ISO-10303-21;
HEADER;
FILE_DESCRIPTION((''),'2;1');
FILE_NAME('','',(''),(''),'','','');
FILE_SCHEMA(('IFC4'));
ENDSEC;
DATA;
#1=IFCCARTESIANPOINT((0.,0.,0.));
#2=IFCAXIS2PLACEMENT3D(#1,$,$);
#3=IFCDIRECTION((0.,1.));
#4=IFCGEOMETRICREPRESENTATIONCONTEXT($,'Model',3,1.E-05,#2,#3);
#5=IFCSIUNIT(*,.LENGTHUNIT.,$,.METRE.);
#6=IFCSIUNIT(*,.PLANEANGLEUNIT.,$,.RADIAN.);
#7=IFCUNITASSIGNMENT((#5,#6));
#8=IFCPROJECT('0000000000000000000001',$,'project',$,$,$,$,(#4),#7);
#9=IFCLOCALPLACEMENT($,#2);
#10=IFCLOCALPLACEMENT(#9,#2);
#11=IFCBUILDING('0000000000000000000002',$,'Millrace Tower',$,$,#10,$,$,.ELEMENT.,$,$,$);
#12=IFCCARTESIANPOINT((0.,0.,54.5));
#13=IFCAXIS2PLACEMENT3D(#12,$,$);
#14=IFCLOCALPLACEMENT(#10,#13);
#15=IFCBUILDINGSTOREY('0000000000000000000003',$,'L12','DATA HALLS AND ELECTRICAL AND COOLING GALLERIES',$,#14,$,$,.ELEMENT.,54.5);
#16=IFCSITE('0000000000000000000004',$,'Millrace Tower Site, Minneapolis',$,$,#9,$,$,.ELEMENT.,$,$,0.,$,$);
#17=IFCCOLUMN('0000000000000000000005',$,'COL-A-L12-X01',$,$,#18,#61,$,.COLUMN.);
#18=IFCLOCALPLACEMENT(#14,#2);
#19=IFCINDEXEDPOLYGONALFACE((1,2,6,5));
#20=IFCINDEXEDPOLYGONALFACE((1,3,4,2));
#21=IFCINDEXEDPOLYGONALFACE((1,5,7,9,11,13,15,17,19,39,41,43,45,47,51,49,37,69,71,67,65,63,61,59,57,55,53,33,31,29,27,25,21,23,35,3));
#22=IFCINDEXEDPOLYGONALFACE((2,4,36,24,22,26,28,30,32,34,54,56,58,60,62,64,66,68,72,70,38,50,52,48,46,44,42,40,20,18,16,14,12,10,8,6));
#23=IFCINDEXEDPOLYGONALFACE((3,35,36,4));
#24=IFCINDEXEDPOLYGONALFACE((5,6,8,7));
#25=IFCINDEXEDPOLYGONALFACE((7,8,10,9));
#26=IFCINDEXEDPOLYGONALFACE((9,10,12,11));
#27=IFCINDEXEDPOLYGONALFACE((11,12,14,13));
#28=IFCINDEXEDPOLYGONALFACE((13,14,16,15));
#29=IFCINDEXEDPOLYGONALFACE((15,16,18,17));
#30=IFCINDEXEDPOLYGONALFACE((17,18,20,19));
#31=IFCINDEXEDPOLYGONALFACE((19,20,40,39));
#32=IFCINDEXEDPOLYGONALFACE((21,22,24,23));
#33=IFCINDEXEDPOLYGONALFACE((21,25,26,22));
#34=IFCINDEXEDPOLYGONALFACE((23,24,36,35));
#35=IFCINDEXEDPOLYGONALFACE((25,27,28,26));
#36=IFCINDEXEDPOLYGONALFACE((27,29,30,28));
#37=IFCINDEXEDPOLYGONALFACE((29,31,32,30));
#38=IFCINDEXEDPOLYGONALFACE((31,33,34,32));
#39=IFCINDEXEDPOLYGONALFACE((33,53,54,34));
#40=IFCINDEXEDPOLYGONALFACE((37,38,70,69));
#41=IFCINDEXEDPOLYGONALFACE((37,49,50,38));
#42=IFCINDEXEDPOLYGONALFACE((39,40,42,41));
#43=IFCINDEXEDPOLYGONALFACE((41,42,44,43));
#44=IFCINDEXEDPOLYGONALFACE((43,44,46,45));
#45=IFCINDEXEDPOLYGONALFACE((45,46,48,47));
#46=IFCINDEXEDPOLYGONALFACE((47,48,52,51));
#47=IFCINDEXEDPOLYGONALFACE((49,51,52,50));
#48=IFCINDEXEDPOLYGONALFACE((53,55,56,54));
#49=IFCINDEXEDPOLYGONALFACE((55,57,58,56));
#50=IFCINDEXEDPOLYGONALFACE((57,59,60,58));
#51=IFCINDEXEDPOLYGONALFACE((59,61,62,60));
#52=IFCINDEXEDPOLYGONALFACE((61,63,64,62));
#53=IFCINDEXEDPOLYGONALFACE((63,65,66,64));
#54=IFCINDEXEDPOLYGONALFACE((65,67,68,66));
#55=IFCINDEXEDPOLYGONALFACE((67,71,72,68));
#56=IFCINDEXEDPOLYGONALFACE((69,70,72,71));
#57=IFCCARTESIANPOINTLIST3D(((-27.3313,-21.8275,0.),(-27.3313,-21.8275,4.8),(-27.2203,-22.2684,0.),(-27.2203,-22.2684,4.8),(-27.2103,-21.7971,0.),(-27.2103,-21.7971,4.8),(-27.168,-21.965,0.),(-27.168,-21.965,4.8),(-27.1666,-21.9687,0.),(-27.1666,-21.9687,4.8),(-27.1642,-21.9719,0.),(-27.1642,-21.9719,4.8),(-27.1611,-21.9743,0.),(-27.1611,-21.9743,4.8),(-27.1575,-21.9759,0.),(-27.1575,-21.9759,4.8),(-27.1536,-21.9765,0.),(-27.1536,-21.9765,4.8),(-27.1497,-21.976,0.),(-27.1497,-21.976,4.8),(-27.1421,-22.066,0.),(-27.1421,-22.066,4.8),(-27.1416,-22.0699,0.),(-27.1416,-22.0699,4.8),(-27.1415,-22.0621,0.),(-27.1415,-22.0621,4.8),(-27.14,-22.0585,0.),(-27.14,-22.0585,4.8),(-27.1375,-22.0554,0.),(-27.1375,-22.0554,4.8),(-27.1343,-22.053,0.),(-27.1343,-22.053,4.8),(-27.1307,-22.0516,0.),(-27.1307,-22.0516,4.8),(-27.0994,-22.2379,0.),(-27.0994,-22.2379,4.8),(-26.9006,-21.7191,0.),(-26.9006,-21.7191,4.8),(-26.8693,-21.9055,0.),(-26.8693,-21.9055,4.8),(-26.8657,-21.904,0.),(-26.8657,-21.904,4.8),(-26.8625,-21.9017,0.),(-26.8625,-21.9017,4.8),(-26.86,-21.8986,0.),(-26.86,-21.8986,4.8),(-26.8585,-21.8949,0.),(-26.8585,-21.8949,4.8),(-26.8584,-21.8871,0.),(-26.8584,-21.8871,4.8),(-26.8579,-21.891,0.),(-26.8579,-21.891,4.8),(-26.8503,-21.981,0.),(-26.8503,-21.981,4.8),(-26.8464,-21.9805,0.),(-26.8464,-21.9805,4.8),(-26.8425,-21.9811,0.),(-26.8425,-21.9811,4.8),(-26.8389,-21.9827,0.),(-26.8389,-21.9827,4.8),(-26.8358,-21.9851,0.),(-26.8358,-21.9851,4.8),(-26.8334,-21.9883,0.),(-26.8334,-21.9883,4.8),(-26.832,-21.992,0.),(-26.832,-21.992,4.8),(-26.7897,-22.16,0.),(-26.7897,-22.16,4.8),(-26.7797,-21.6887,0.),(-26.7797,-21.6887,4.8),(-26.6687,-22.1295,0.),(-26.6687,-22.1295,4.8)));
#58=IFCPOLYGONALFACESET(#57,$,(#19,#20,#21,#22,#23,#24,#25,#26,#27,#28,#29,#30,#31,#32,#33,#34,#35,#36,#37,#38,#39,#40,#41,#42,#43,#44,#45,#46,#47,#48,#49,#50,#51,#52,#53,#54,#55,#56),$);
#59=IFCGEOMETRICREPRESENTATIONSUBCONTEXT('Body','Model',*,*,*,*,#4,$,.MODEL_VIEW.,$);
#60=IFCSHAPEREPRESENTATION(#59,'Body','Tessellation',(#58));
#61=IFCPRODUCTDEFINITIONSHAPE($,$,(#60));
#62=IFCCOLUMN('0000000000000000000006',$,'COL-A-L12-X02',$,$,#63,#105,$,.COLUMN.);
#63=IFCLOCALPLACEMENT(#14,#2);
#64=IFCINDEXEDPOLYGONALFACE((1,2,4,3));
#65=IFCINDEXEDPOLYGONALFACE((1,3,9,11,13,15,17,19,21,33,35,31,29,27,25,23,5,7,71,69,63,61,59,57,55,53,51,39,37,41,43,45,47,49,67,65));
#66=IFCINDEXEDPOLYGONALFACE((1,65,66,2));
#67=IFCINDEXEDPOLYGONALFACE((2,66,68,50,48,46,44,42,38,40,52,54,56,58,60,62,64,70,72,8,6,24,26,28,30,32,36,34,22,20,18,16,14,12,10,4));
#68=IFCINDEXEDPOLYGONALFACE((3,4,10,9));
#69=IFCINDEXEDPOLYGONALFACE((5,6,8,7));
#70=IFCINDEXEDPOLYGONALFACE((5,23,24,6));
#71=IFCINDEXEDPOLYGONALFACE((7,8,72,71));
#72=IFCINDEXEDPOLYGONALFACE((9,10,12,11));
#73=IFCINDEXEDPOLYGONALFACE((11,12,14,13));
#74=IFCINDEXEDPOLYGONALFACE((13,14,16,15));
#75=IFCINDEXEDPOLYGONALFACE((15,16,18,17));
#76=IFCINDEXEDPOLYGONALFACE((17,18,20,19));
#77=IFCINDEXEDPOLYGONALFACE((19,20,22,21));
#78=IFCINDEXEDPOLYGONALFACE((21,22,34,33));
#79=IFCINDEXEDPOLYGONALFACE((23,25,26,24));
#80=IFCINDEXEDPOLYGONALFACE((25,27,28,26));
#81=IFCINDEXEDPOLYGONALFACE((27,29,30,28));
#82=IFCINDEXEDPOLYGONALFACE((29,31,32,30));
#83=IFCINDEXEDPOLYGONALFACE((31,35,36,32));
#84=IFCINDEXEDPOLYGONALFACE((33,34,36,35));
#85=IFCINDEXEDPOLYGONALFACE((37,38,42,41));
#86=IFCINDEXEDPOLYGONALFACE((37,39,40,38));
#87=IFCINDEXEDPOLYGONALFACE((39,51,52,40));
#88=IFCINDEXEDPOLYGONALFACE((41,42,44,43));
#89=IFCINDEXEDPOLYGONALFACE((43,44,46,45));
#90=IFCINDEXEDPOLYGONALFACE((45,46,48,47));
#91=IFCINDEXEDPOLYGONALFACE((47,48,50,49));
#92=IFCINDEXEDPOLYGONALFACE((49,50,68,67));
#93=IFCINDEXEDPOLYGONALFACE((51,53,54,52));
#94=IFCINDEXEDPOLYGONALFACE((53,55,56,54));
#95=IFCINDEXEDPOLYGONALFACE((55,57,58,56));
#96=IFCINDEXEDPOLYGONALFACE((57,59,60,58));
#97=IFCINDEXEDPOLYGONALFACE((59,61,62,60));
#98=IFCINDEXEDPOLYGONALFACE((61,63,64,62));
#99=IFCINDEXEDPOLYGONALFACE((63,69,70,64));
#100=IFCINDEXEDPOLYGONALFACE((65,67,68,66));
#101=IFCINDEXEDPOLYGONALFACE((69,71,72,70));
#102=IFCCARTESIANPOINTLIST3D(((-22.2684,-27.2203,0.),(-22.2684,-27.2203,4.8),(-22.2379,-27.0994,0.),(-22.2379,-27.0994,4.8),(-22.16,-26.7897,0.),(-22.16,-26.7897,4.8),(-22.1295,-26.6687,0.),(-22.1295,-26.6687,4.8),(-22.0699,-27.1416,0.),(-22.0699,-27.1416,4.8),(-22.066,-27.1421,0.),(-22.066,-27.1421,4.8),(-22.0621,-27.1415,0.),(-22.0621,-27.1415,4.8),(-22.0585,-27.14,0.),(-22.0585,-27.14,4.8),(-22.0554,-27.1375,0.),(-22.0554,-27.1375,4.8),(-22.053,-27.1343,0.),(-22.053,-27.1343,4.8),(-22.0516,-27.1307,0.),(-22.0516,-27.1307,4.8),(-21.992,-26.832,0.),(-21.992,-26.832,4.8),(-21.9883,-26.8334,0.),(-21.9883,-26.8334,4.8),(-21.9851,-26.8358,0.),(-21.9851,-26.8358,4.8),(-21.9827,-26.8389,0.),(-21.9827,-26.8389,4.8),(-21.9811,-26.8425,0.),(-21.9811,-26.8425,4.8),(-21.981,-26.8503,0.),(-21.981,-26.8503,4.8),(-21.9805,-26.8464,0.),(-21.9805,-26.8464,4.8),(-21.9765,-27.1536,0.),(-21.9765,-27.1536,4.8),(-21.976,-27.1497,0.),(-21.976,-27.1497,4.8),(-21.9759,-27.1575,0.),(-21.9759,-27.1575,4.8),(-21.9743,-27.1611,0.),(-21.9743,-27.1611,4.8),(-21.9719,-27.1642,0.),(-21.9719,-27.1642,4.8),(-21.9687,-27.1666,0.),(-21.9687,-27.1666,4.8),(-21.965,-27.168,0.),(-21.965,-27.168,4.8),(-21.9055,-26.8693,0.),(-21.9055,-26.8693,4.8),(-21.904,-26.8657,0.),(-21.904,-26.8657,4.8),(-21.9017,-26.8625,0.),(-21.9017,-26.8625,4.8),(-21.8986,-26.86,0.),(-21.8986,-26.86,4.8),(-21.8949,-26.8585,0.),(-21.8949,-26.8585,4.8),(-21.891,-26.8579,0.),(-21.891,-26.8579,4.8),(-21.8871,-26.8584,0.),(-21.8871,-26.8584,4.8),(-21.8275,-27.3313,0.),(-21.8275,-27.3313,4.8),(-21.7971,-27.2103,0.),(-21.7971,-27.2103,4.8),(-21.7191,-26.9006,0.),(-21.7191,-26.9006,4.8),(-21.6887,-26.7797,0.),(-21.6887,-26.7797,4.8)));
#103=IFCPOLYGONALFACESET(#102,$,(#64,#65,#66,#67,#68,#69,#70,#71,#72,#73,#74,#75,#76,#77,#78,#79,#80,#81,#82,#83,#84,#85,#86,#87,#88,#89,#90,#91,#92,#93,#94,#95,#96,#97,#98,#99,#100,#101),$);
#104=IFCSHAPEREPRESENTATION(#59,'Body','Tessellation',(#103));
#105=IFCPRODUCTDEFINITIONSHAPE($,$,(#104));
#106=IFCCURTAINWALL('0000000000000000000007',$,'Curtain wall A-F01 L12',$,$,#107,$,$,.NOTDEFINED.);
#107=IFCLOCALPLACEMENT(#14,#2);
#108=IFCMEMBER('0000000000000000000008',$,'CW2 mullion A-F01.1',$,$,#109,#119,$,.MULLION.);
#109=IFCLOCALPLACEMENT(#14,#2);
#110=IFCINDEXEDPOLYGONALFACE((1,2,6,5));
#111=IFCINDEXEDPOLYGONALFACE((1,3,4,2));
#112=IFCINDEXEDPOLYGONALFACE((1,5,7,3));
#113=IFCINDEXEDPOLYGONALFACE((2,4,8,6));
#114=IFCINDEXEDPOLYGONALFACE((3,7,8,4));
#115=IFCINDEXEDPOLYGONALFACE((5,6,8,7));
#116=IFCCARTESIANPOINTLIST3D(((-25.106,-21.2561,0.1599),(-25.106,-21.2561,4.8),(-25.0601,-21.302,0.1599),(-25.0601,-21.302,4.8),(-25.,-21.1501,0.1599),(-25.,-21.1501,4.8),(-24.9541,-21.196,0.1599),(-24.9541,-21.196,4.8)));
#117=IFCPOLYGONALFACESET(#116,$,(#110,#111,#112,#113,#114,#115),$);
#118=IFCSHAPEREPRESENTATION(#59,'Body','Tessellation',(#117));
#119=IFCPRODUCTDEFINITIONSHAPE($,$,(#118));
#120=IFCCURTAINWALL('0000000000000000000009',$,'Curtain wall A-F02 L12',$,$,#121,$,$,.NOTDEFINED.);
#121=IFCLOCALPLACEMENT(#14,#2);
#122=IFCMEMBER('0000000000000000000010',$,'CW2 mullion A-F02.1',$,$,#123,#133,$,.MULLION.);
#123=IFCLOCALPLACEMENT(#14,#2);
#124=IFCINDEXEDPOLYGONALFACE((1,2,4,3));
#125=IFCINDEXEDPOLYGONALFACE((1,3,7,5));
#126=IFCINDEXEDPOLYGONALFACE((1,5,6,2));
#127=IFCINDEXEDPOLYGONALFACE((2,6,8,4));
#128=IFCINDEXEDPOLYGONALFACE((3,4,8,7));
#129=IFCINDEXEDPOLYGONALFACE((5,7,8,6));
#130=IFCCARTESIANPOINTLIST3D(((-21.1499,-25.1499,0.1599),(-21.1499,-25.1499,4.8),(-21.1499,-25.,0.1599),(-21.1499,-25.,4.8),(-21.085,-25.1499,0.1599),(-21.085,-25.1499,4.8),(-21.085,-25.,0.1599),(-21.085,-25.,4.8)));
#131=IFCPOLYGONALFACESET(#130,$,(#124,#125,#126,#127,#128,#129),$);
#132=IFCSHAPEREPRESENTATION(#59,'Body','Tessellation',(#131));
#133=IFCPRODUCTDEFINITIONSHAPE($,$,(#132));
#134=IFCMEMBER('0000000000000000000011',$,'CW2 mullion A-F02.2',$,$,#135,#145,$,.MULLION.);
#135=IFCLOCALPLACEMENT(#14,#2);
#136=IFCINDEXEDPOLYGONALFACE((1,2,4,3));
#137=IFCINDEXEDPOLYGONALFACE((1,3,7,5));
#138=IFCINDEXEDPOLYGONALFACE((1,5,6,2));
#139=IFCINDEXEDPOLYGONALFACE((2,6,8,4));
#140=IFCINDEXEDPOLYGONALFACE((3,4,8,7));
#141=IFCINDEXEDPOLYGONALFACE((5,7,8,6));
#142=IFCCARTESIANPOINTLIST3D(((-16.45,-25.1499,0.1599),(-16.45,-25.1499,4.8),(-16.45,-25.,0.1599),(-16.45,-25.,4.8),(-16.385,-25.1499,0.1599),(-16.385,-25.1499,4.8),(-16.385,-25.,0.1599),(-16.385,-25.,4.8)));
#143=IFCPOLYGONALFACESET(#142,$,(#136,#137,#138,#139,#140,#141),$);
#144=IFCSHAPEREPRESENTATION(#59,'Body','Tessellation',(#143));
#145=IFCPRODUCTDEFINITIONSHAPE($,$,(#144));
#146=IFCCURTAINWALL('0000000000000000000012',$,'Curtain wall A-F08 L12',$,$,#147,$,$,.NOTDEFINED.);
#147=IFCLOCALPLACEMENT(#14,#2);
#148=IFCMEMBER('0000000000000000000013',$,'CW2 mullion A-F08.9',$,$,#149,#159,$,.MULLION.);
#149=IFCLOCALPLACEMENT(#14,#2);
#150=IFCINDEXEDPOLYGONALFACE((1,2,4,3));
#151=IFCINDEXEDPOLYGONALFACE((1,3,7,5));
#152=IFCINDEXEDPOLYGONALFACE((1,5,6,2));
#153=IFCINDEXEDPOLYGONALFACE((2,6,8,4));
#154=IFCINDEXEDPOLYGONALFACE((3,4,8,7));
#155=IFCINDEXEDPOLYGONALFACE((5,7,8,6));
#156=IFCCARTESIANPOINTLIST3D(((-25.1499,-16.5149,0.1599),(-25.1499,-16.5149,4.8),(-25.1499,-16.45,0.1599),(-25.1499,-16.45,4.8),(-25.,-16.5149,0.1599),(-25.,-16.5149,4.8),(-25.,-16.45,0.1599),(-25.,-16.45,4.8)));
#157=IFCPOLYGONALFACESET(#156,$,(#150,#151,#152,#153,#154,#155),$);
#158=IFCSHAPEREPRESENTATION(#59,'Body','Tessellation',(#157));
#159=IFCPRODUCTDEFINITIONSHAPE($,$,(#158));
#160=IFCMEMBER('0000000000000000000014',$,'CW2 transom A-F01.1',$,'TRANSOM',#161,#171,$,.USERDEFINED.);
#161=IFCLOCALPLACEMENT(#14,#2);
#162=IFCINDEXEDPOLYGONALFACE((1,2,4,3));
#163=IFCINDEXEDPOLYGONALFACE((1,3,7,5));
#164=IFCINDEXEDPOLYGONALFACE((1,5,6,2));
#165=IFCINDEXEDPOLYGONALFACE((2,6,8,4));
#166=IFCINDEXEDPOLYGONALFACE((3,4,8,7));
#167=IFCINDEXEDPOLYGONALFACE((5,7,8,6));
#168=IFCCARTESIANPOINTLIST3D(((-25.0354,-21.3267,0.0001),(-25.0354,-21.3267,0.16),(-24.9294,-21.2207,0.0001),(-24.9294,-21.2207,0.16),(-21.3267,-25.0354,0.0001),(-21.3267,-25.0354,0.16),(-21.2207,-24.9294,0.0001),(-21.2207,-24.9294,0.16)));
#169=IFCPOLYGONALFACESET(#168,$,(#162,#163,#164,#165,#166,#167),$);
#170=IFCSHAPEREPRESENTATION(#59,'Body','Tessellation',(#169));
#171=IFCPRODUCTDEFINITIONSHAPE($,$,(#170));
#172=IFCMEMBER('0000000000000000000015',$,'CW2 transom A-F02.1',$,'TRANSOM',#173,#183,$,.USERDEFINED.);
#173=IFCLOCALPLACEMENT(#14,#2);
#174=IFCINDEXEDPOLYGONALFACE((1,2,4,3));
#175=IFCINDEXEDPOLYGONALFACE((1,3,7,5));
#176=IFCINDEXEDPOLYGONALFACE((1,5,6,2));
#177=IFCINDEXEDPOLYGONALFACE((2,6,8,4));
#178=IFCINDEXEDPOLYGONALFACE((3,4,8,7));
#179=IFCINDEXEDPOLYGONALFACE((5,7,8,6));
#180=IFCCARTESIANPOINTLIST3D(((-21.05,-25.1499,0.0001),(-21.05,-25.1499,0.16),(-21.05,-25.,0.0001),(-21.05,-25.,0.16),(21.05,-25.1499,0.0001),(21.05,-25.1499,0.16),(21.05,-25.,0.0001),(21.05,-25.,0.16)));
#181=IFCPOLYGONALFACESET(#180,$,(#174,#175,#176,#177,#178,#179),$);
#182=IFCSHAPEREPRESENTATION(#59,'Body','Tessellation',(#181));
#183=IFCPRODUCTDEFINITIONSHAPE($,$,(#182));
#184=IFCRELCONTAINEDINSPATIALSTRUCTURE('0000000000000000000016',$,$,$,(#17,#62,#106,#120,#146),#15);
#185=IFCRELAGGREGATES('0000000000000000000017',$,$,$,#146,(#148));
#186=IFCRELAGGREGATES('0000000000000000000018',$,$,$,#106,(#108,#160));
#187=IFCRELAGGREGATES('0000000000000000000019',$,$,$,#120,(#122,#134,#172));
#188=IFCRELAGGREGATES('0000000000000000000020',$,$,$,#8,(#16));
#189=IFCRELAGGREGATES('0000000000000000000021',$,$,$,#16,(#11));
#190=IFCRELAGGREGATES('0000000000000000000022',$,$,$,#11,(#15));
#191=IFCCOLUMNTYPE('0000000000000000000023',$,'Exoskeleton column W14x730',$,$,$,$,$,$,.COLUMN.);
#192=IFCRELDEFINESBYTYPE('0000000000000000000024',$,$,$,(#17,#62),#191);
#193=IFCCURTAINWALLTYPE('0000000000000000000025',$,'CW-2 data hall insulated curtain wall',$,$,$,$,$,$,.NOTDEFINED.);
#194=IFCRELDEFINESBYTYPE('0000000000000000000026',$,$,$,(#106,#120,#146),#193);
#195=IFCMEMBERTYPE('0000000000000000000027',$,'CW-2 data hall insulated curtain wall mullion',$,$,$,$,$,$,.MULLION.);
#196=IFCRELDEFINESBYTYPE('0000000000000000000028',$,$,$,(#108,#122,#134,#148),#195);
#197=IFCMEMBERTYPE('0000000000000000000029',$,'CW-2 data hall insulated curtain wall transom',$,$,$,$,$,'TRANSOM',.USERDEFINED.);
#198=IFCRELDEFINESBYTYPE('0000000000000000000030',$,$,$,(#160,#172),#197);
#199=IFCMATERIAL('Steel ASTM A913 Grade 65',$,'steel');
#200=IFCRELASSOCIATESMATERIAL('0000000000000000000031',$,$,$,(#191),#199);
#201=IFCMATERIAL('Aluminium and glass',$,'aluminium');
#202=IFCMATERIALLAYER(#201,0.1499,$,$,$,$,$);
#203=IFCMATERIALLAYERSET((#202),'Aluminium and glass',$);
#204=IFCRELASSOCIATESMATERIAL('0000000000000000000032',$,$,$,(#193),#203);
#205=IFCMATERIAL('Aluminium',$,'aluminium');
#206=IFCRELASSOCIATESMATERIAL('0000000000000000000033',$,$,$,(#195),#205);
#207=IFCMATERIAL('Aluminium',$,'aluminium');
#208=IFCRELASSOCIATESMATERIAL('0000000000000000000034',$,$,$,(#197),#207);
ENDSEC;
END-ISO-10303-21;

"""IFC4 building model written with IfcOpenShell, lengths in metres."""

from ifc_helpers import new_model, si_unit, direction, frame, origin, origin_2d, place, context, subcontext, project, spatial, rectangle, i_section, extrude, material, layer, layer_set, material_profile, profile_set, type_object, element, aggregate, save


model = new_model("IFC4")

# Units and contexts
model_context = context("Model", 3, precision=1e-05, world=origin(), true_north=direction((0.0, 1.0)))
body_context = subcontext(model_context, "Body", "Model", "MODEL_VIEW")
ifc_project = project(units=[si_unit("LENGTHUNIT", "METRE"), si_unit("PLANEANGLEUNIT", "RADIAN")], contexts=[model_context])

# Site, building, storey
site_placement = place(None, origin())
site = spatial("IfcSite", under=ifc_project, at=site_placement, Name="Millrace Tower Site, Minneapolis", CompositionType="ELEMENT", RefElevation=0.0)
building_placement = place(site_placement, origin())
building = spatial("IfcBuilding", under=site, at=building_placement, Name="Millrace Tower", CompositionType="ELEMENT")
storey_placement = place(building_placement, frame((0.0, 0.0, 54.5)))
storey = spatial("IfcBuildingStorey", under=building, at=storey_placement, Name="L12", Description="DATA HALLS AND ELECTRICAL AND COOLING GALLERIES", CompositionType="ELEMENT", Elevation=54.5)

# Columns
ifc_material_1 = material(Name="Steel ASTM A913 Grade 65", Category="steel")
ifc_material_profile_1 = material_profile(ifc_material_1, i_section(OverallWidth=0.4546, OverallDepth=0.5688, WebThickness=0.0779, FlangeThickness=0.1248, FilletRadius=0.0151, at=origin_2d()))
ifc_profile_set_1 = profile_set([ifc_material_profile_1], Name="Steel ASTM A913 Grade 65")
column_type = type_object("IfcColumnType", Name="Exoskeleton column W14x730", PredefinedType="COLUMN", material=ifc_profile_set_1)
for number, where, z_axis, x_axis, name in (
    (1, (-27.0, -21.9785, 0.0), (0.0, 0.0, 1.0), (0.244094, -0.969752, 0.0), "COL-A-L12-X01"),
    (2, (-21.9785, -27.0, 0.0), (0.0, 0.0, 1.0), (0.969752, -0.244094, 0.0), "COL-A-L12-X02"),
):
    element("IfcColumn", number, at=place(storey_placement, frame(where, z_axis=z_axis, x_axis=x_axis)), inside=storey, type_object=column_type, Name=name, PredefinedType="COLUMN", context=body_context, shape_type="SweptSolid", body=[
        extrude(i_section(OverallWidth=0.4546, OverallDepth=0.5688, WebThickness=0.0779, FlangeThickness=0.1248, FilletRadius=0.0151, at=origin_2d()), origin(), (0.0, 0.0, 1.0), 4.8),
    ])

# Curtain wall, member
ifc_material_2 = material(Name="Aluminium and glass", Category="aluminium")
ifc_layer_1 = layer(ifc_material_2, 0.1499)
ifc_layer_set_1 = layer_set([ifc_layer_1], Name="Aluminium and glass")
curtain_wall_type = type_object("IfcCurtainWallType", Name="CW-2 data hall insulated curtain wall", PredefinedType="NOTDEFINED", material=ifc_layer_set_1)
placement = place(storey_placement, origin())
curtain_wall_1 = element("IfcCurtainWall", 3, at=placement, inside=storey, type_object=curtain_wall_type, Name="Curtain wall A-F01 L12", PredefinedType="NOTDEFINED")
ifc_material_3 = material(Name="Aluminium", Category="aluminium")
ifc_material_profile_2 = material_profile(ifc_material_3, rectangle(XDim=0.0649, YDim=0.1499, at=origin_2d()))
ifc_profile_set_2 = profile_set([ifc_material_profile_2], Name="Aluminium")
member_type_1 = type_object("IfcMemberType", Name="CW-2 data hall insulated curtain wall mullion", PredefinedType="MULLION", material=ifc_profile_set_2)
member_1_placement = place(storey_placement, frame((-25.03, -21.2261, 0.1599), z_axis=(0.0, 0.0, 1.0), x_axis=(0.707107, -0.707107, 0.0)))
member_1 = element("IfcMember", 4, at=member_1_placement, type_object=member_type_1, Name="CW2 mullion A-F01.1", PredefinedType="MULLION", context=body_context, shape_type="SweptSolid", body=[
    extrude(rectangle(XDim=0.0649, YDim=0.1499, at=origin_2d()), origin(), (0.0, 0.0, 1.0), 4.6401),
])

# Curtain wall, members
curtain_wall_2 = element("IfcCurtainWall", 5, at=placement, inside=storey, type_object=curtain_wall_type, Name="Curtain wall A-F02 L12", PredefinedType="NOTDEFINED")
member_2_placement = place(storey_placement, frame((-21.1174, -25.075, 0.1599), z_axis=(0.0, 0.0, 1.0), x_axis=(1.0, 0.0, 0.0)))
member_2 = element("IfcMember", 6, at=member_2_placement, type_object=member_type_1, Name="CW2 mullion A-F02.1", PredefinedType="MULLION", context=body_context, shape_type="SweptSolid", body=[
    extrude(rectangle(XDim=0.0649, YDim=0.1499, at=origin_2d()), origin(), (0.0, 0.0, 1.0), 4.6401),
])
member_3_placement = place(storey_placement, frame((-16.4175, -25.075, 0.1599), z_axis=(0.0, 0.0, 1.0), x_axis=(1.0, 0.0, 0.0)))
member_3 = element("IfcMember", 7, at=member_3_placement, type_object=member_type_1, Name="CW2 mullion A-F02.2", PredefinedType="MULLION", context=body_context, shape_type="SweptSolid", body=[
    extrude(rectangle(XDim=0.0649, YDim=0.1499, at=origin_2d()), origin(), (0.0, 0.0, 1.0), 4.6401),
])

# Curtain wall, member
curtain_wall_3 = element("IfcCurtainWall", 8, at=placement, inside=storey, type_object=curtain_wall_type, Name="Curtain wall A-F08 L12", PredefinedType="NOTDEFINED")
member_4_placement = place(storey_placement, frame((-25.075, -16.4824, 0.1599), z_axis=(0.0, 0.0, 1.0), x_axis=(0.0, -1.0, 0.0)))
member_4 = element("IfcMember", 9, at=member_4_placement, type_object=member_type_1, Name="CW2 mullion A-F08.9", PredefinedType="MULLION", context=body_context, shape_type="SweptSolid", body=[
    extrude(rectangle(XDim=0.0649, YDim=0.1499, at=origin_2d()), origin(), (0.0, 0.0, 1.0), 4.6401),
])
aggregate(curtain_wall_3, [member_4])

# Members
ifc_material_4 = material(Name="Aluminium", Category="aluminium")
ifc_material_profile_3 = material_profile(ifc_material_4, rectangle(XDim=0.1499, YDim=0.1599, at=origin_2d()))
ifc_profile_set_3 = profile_set([ifc_material_profile_3], Name="Aluminium")
member_type_2 = type_object("IfcMemberType", Name="CW-2 data hall insulated curtain wall transom", ElementType="TRANSOM", PredefinedType="USERDEFINED", material=ifc_profile_set_3)
member_5_placement = place(storey_placement, frame((-24.9824, -21.2737, 0.0801), z_axis=(0.707107, -0.707107, 0.0), x_axis=(0.707107, 0.707107, 0.0)))
member_5 = element("IfcMember", 10, at=member_5_placement, type_object=member_type_2, Name="CW2 transom A-F01.1", ObjectType="TRANSOM", PredefinedType="USERDEFINED", context=body_context, shape_type="SweptSolid", body=[
    extrude(rectangle(XDim=0.1499, YDim=0.1599, at=origin_2d()), origin(), (0.0, 0.0, 1.0), 5.2449),
])
aggregate(curtain_wall_1, [member_1, member_5])
member_6_placement = place(storey_placement, frame((-21.05, -25.075, 0.0801), z_axis=(1.0, 0.0, 0.0), x_axis=(0.0, 1.0, 0.0)))
member_6 = element("IfcMember", 11, at=member_6_placement, type_object=member_type_2, Name="CW2 transom A-F02.1", ObjectType="TRANSOM", PredefinedType="USERDEFINED", context=body_context, shape_type="SweptSolid", body=[
    extrude(rectangle(XDim=0.1499, YDim=0.1599, at=origin_2d()), origin(), (0.0, 0.0, 1.0), 42.1001),
])
aggregate(curtain_wall_2, [member_2, member_3, member_6])

save(model, "model.ifc")
